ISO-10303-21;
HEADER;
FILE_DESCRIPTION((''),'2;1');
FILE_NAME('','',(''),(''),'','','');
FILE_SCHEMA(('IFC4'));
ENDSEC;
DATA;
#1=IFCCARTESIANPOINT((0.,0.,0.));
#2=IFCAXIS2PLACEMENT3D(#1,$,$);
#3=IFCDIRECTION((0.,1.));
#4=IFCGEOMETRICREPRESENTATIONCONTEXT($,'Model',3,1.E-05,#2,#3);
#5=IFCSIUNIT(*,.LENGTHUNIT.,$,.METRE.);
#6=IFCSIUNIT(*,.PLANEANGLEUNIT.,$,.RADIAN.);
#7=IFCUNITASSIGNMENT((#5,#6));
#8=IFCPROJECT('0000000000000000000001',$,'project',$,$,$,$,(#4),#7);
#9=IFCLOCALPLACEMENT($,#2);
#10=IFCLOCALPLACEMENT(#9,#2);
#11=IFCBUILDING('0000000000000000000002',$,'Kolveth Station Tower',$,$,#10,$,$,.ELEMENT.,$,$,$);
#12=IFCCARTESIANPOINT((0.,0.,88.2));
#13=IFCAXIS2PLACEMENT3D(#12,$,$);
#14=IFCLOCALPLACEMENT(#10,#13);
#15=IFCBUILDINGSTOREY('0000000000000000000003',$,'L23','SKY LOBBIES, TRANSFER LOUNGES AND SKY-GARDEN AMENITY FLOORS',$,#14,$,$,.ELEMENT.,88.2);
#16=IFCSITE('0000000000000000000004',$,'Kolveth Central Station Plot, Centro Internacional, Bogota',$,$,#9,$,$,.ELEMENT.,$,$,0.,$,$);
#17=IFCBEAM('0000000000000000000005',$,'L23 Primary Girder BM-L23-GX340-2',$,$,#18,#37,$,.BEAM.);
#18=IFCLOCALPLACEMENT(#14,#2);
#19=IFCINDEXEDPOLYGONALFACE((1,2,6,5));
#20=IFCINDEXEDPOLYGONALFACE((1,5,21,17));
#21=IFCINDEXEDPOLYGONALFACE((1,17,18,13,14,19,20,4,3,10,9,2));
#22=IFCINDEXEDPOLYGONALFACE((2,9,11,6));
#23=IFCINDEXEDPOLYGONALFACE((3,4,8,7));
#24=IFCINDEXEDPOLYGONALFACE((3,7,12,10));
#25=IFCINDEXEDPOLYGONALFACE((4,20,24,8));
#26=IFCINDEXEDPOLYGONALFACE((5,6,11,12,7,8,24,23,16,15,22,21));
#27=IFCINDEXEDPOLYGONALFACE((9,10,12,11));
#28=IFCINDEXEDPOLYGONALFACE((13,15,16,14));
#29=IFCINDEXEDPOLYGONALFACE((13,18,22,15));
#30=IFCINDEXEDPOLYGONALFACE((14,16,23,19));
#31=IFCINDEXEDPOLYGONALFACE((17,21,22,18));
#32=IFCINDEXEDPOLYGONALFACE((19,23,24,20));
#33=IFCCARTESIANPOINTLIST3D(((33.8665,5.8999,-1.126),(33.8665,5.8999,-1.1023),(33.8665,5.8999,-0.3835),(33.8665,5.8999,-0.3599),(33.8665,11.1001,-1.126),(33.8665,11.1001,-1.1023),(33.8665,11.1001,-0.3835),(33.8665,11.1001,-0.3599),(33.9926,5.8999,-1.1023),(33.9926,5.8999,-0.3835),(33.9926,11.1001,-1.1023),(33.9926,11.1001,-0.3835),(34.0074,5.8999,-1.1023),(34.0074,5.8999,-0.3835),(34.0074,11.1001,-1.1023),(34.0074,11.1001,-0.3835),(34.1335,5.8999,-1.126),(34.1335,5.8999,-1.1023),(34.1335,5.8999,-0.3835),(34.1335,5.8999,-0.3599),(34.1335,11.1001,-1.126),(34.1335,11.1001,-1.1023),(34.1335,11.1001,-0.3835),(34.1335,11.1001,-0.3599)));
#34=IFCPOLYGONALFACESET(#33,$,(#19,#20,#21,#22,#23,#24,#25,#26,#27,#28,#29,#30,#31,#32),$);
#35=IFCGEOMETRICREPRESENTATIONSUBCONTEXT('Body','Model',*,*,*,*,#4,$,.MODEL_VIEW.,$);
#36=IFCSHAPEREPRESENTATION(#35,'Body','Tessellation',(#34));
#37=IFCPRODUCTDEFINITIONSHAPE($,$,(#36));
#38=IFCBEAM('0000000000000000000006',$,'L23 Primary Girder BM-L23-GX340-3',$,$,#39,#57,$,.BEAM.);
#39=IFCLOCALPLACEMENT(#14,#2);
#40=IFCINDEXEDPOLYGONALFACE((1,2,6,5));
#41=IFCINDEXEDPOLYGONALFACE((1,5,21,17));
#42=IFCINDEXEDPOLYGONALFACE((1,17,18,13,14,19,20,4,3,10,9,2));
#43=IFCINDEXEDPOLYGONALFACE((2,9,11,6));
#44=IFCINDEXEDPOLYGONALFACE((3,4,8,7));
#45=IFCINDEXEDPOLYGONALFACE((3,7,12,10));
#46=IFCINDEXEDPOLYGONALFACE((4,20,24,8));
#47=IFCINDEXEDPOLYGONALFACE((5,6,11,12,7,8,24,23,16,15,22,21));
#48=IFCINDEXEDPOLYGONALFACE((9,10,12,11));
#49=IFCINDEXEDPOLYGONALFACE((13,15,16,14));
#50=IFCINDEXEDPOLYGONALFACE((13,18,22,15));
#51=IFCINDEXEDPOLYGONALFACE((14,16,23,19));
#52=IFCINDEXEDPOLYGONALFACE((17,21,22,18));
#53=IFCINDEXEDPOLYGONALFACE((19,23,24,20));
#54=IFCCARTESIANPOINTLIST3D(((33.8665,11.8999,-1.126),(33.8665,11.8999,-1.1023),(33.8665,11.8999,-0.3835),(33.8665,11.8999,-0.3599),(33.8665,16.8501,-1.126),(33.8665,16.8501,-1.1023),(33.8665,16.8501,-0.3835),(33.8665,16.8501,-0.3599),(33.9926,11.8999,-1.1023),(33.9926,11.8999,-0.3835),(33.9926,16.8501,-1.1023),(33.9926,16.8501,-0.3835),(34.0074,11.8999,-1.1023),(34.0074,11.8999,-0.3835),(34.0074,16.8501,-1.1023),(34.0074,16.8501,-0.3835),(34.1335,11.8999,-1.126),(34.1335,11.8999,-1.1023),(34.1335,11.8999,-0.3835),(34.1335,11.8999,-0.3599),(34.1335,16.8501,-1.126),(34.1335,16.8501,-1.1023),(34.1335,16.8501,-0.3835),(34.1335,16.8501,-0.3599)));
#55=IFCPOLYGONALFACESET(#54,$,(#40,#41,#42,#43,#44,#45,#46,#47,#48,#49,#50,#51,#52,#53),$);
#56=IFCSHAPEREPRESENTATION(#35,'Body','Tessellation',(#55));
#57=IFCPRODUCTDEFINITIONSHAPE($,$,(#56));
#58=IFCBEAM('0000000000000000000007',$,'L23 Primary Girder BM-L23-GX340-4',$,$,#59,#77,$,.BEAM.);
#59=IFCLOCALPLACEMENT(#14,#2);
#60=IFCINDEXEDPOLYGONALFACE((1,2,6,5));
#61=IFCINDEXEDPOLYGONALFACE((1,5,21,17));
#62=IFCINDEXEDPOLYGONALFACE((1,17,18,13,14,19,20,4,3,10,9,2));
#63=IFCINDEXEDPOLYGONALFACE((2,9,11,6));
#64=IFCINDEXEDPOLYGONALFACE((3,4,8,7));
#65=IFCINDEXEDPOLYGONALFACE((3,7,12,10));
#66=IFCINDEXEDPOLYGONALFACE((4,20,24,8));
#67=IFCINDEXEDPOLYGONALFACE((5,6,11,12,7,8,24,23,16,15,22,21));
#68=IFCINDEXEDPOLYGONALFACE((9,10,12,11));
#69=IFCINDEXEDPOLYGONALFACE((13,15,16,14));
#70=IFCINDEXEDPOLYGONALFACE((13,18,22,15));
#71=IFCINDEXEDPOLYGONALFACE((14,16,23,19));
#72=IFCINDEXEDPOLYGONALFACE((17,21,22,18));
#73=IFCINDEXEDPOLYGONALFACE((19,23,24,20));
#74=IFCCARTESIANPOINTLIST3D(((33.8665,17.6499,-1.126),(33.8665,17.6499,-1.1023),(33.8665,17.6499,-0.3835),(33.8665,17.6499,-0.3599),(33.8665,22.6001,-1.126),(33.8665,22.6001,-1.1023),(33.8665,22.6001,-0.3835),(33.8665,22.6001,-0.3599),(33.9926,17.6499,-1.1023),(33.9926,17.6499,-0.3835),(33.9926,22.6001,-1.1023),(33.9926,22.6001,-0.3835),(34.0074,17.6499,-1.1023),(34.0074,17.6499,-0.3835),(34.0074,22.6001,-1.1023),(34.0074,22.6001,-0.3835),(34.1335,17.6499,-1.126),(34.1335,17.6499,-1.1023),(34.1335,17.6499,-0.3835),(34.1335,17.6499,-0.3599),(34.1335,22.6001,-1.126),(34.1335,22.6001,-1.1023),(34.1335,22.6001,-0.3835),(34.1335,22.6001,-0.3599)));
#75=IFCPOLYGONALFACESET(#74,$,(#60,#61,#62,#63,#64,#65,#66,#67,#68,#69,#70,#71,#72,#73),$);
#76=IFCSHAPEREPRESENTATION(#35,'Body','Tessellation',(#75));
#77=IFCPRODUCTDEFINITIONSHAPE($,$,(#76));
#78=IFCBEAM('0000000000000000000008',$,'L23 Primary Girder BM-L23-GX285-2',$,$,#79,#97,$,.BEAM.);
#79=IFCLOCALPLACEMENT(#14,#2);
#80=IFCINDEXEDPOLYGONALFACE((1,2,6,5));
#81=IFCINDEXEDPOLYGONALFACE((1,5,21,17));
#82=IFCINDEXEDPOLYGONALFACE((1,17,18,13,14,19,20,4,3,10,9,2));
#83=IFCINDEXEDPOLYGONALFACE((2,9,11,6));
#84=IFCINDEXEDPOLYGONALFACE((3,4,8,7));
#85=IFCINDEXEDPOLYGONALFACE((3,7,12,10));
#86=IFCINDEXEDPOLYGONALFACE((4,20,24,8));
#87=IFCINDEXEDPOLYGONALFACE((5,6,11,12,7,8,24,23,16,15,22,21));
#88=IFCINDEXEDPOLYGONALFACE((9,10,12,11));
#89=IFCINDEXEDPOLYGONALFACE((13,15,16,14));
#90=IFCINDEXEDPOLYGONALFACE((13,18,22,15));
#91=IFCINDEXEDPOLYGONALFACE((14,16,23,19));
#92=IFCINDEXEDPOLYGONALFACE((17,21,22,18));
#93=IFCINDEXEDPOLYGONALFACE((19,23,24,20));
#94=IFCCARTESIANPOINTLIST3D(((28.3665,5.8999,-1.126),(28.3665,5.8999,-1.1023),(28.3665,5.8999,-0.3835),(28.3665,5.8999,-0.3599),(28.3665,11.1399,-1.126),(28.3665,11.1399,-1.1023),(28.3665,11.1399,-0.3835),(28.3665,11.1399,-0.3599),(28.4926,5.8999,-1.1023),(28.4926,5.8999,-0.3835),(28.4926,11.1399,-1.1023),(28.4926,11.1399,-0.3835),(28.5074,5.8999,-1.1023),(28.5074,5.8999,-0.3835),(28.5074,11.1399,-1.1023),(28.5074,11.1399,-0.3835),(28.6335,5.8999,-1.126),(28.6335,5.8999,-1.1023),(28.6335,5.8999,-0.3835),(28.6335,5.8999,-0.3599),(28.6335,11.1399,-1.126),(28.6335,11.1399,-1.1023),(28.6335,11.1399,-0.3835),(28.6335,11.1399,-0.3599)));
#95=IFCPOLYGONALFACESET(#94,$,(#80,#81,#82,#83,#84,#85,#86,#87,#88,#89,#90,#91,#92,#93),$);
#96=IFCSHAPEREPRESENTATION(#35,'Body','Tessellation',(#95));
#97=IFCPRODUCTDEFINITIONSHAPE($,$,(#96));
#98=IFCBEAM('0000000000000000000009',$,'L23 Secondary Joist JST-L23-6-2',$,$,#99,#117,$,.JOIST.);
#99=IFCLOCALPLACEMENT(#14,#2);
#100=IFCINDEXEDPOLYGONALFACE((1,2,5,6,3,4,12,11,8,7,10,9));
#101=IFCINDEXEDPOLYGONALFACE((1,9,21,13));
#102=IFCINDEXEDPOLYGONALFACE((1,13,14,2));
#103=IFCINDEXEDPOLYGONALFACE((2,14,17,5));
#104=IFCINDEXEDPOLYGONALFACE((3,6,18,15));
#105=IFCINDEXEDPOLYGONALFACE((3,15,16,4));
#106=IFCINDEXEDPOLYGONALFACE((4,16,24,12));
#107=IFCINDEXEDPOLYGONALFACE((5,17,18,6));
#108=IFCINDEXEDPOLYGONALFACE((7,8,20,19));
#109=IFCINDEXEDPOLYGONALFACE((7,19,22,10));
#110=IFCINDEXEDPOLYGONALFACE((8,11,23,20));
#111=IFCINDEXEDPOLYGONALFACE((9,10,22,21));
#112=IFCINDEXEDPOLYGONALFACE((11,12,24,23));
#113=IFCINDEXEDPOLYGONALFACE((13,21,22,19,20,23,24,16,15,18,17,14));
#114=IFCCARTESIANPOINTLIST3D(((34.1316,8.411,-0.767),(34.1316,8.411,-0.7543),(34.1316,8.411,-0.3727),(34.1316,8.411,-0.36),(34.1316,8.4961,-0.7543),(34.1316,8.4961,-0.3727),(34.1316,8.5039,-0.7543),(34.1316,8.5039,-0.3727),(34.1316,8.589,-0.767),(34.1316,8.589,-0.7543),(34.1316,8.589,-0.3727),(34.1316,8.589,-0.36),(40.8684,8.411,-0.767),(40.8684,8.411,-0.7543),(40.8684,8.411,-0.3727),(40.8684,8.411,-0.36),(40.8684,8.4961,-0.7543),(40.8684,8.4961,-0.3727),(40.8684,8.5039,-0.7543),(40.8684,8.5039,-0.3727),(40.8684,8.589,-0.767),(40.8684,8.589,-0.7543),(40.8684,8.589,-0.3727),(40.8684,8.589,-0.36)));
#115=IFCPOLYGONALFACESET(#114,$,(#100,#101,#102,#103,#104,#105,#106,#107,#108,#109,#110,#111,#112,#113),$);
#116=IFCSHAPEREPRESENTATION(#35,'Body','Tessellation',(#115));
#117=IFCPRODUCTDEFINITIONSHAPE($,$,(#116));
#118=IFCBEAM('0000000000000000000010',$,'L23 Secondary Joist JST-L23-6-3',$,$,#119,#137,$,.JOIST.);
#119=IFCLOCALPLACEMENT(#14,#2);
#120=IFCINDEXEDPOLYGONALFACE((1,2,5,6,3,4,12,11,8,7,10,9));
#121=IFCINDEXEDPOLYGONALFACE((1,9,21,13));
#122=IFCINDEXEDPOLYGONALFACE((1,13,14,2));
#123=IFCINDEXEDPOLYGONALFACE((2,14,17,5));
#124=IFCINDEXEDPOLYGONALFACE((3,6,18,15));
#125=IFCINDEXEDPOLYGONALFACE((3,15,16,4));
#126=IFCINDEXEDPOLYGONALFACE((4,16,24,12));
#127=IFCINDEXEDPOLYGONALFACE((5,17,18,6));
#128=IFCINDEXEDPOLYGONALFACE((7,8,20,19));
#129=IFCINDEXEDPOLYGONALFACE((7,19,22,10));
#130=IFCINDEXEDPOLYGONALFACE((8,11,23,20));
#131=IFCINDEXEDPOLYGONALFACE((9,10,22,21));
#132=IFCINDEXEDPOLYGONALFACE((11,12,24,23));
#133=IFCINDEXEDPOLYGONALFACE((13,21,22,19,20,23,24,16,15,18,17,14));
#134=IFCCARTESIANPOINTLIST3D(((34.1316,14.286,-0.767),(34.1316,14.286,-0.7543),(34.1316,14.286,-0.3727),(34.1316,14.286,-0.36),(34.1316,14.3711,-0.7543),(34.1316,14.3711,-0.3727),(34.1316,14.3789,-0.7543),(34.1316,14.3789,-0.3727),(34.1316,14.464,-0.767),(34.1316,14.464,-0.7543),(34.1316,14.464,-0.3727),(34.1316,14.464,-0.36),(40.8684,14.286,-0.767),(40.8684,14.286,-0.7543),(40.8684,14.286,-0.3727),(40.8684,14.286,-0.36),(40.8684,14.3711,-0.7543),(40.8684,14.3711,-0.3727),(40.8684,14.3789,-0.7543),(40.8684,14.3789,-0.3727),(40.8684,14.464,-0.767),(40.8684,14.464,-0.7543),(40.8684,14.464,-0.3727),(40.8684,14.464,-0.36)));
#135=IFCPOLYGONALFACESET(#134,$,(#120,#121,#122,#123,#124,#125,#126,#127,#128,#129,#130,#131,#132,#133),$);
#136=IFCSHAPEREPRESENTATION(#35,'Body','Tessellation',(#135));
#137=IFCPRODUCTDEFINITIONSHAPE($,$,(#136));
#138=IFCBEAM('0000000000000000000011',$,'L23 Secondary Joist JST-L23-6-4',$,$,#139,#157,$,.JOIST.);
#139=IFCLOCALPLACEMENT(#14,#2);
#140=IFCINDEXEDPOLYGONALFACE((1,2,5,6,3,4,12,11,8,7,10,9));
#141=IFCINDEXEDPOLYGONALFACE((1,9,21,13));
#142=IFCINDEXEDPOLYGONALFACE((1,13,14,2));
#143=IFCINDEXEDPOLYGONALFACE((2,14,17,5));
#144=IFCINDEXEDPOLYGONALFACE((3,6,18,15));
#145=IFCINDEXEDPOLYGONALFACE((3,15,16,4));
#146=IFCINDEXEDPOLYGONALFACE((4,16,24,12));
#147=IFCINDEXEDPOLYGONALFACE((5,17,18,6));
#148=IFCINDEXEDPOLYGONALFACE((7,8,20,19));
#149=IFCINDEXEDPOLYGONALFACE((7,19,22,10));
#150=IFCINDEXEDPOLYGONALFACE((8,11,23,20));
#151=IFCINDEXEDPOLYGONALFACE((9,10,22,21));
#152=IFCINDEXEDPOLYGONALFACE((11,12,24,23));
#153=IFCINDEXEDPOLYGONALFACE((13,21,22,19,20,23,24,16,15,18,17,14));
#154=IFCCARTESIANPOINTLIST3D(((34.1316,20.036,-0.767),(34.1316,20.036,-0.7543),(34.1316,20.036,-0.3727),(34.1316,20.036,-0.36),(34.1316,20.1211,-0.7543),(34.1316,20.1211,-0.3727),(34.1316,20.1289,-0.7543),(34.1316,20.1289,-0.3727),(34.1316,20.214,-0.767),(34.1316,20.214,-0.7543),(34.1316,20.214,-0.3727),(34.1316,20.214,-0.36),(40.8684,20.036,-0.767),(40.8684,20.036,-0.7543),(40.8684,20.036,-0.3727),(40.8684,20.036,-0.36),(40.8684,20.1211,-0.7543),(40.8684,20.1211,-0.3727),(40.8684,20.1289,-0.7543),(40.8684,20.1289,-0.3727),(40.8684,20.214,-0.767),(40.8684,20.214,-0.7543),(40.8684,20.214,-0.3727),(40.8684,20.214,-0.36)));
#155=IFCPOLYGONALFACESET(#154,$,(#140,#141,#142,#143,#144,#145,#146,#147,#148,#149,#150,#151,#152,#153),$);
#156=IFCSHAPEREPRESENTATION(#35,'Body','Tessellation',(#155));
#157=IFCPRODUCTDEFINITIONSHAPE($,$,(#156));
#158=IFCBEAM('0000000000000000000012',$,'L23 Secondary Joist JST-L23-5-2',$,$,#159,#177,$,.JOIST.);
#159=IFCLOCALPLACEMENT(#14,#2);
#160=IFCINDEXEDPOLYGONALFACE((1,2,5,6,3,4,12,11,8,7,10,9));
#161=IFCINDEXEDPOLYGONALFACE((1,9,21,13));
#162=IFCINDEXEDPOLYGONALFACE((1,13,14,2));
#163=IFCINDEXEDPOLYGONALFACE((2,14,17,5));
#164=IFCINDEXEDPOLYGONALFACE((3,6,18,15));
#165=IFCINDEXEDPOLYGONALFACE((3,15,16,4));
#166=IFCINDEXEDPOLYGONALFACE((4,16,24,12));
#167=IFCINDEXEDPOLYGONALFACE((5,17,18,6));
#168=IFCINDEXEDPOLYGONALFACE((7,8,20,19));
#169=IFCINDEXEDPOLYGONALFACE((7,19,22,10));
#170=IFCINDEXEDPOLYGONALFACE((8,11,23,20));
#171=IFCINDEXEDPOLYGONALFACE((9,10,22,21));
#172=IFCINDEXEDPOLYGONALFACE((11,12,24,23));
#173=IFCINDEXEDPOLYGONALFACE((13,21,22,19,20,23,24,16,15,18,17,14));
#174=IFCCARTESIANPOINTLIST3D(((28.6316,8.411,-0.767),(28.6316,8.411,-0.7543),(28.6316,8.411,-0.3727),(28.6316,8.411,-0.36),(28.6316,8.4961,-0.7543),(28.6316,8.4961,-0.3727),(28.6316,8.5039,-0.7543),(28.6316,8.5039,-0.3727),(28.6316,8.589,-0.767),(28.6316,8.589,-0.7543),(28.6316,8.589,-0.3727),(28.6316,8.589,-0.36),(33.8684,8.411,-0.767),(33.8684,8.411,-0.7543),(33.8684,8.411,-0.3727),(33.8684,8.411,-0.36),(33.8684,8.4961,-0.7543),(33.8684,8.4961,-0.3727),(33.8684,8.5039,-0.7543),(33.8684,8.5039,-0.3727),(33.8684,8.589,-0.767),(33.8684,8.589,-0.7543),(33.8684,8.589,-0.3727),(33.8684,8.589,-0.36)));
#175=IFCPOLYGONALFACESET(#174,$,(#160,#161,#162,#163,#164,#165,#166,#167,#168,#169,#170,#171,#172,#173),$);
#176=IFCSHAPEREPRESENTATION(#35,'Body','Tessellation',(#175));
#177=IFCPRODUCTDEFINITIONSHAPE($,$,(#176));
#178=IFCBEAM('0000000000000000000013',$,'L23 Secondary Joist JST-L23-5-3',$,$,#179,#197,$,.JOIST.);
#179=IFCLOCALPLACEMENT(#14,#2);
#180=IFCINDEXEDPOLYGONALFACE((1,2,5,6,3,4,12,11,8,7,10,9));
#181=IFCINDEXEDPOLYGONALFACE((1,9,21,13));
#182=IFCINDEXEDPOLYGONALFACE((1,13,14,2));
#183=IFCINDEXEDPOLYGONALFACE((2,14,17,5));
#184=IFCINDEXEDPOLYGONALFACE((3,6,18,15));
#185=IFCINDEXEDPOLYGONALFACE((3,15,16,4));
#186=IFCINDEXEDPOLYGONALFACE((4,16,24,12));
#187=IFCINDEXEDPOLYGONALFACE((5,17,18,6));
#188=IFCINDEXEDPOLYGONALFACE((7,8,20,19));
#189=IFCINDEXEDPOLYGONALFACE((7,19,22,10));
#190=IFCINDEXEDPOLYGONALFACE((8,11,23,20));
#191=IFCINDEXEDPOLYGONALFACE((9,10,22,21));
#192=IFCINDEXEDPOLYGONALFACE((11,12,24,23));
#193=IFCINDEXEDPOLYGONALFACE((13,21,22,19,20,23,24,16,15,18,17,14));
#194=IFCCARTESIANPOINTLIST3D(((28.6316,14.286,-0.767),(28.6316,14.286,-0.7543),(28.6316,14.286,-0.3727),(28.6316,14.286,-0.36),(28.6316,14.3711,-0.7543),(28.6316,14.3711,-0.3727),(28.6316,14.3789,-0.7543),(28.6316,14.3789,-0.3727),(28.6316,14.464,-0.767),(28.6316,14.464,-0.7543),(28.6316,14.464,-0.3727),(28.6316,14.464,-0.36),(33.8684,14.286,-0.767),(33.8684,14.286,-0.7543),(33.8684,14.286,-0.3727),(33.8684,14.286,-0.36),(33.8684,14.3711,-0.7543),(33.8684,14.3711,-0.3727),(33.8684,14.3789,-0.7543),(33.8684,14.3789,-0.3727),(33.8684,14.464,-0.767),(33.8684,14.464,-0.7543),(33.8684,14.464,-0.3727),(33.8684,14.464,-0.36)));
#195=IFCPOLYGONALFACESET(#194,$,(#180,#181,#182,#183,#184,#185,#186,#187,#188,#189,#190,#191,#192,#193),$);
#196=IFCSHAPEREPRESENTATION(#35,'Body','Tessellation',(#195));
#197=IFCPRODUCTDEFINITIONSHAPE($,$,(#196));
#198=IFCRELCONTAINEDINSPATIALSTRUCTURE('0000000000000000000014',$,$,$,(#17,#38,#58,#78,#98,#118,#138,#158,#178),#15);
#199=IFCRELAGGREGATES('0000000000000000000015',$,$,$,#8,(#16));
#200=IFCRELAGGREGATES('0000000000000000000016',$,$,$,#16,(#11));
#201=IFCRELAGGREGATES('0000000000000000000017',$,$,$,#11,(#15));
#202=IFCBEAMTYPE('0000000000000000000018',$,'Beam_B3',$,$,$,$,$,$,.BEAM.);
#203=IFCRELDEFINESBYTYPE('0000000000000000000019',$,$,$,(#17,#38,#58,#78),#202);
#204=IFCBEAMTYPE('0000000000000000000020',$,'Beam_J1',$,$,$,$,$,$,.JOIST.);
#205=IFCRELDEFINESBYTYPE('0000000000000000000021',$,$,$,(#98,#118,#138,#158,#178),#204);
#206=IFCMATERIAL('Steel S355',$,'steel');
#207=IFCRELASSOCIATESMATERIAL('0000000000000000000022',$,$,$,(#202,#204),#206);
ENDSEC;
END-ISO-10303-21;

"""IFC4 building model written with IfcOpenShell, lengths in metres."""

from ifc_helpers import new_model, si_unit, direction, frame, origin, origin_2d, place, context, subcontext, project, spatial, i_section, extrude, source, transform, mapped, material, material_profile, profile_set, type_object, element, save


model = new_model("IFC4")

# Units and contexts
model_context = context("Model", 3, precision=1e-05, world=origin(), true_north=direction((0.0, 1.0)))
body_context = subcontext(model_context, "Body", "Model", "MODEL_VIEW")
ifc_project = project(units=[si_unit("LENGTHUNIT", "METRE"), si_unit("PLANEANGLEUNIT", "RADIAN")], contexts=[model_context])

# Site, building, storey
site_placement = place(None, origin())
site = spatial("IfcSite", under=ifc_project, at=site_placement, Name="Kolveth Central Station Plot, Centro Internacional, Bogota", CompositionType="ELEMENT", RefElevation=0.0)
building_placement = place(site_placement, origin())
building = spatial("IfcBuilding", under=site, at=building_placement, Name="Kolveth Station Tower", CompositionType="ELEMENT")
storey_placement = place(building_placement, frame((0.0, 0.0, 88.2)))
storey = spatial("IfcBuildingStorey", under=building, at=storey_placement, Name="L23", Description="SKY LOBBIES, TRANSFER LOUNGES AND SKY-GARDEN AMENITY FLOORS", CompositionType="ELEMENT", Elevation=88.2)

# Shared definitions
ifc_material_1 = material(Name="Steel S355", Category="steel")

# Beams
ifc_material_profile_1 = material_profile(ifc_material_1, i_section(OverallWidth=0.2671, OverallDepth=0.7661, WebThickness=0.0149, FlangeThickness=0.0237, at=origin_2d()), Name="W760x185")
ifc_profile_set_1 = profile_set([ifc_material_profile_1], Name="Steel S355")
beam_type_1 = type_object("IfcBeamType", Name="Beam_B3", PredefinedType="BEAM", material=ifc_profile_set_1)
shared_shape_1 = source(origin(), body_context, "Body", "SweptSolid", [
    extrude(i_section(OverallWidth=0.2671, OverallDepth=0.7661, WebThickness=0.0149, FlangeThickness=0.0237, at=origin_2d()), origin(), (0.0, 0.0, 1.0), 5.2002),
])
beam_1_placement = place(storey_placement, frame((34.0, 5.8999, -0.7429), z_axis=(0.0, 1.0, 0.0), x_axis=(-1.0, 0.0, 0.0)))
element("IfcBeam", 1, at=beam_1_placement, inside=storey, type_object=beam_type_1, Name="L23 Primary Girder BM-L23-GX340-2", PredefinedType="BEAM", context=body_context, shape_type="MappedRepresentation", body=[
    mapped(shared_shape_1, transform((0.0, 0.0, 0.0), x_axis=(1.0, 0.0, 0.0), y_axis=(0.0, 1.0, 0.0), z_axis=(0.0, 0.0, 1.0), scale=1.0)),
])
shared_shape_2 = source(origin(), body_context, "Body", "SweptSolid", [
    extrude(i_section(OverallWidth=0.2671, OverallDepth=0.7661, WebThickness=0.0149, FlangeThickness=0.0237, at=origin_2d()), origin(), (0.0, 0.0, 1.0), 4.9502),
])
for number, where, z_axis, x_axis, name in (
    (2, (34.0, 11.8999, -0.7429), (0.0, 1.0, 0.0), (-1.0, 0.0, 0.0), "L23 Primary Girder BM-L23-GX340-3"),
    (3, (34.0, 17.6499, -0.7429), (0.0, 1.0, 0.0), (-1.0, 0.0, 0.0), "L23 Primary Girder BM-L23-GX340-4"),
):
    element("IfcBeam", number, at=place(storey_placement, frame(where, z_axis=z_axis, x_axis=x_axis)), inside=storey, type_object=beam_type_1, Name=name, PredefinedType="BEAM", context=body_context, shape_type="MappedRepresentation", body=[
        mapped(shared_shape_2, transform((0.0, 0.0, 0.0), x_axis=(1.0, 0.0, 0.0), y_axis=(0.0, 1.0, 0.0), z_axis=(0.0, 0.0, 1.0), scale=1.0)),
    ])
shared_shape_3 = source(origin(), body_context, "Body", "SweptSolid", [
    extrude(i_section(OverallWidth=0.2671, OverallDepth=0.7661, WebThickness=0.0149, FlangeThickness=0.0237, at=origin_2d()), origin(), (0.0, 0.0, 1.0), 5.24),
])
beam_2_placement = place(storey_placement, frame((28.5, 5.8999, -0.7429), z_axis=(0.0, 1.0, 0.0), x_axis=(-1.0, 0.0, 0.0)))
element("IfcBeam", 4, at=beam_2_placement, inside=storey, type_object=beam_type_1, Name="L23 Primary Girder BM-L23-GX285-2", PredefinedType="BEAM", context=body_context, shape_type="MappedRepresentation", body=[
    mapped(shared_shape_3, transform((0.0, 0.0, 0.0), x_axis=(1.0, 0.0, 0.0), y_axis=(0.0, 1.0, 0.0), z_axis=(0.0, 0.0, 1.0), scale=1.0)),
])
ifc_material_profile_2 = material_profile(ifc_material_1, i_section(OverallWidth=0.178, OverallDepth=0.407, WebThickness=0.0078, FlangeThickness=0.0127, at=origin_2d()), Name="W410x60")
ifc_profile_set_2 = profile_set([ifc_material_profile_2], Name="Steel S355")
beam_type_2 = type_object("IfcBeamType", Name="Beam_J1", PredefinedType="JOIST", material=ifc_profile_set_2)
shared_shape_4 = source(origin(), body_context, "Body", "SweptSolid", [
    extrude(i_section(OverallWidth=0.178, OverallDepth=0.407, WebThickness=0.0078, FlangeThickness=0.0127, at=origin_2d()), origin(), (0.0, 0.0, 1.0), 6.7368),
])
for number, where, z_axis, x_axis, name in (
    (5, (34.1316, 8.5, -0.5635), (1.0, 0.0, 0.0), (0.0, 1.0, 0.0), "L23 Secondary Joist JST-L23-6-2"),
    (6, (34.1316, 14.375, -0.5635), (1.0, 0.0, 0.0), (0.0, 1.0, 0.0), "L23 Secondary Joist JST-L23-6-3"),
    (7, (34.1316, 20.125, -0.5635), (1.0, 0.0, 0.0), (0.0, 1.0, 0.0), "L23 Secondary Joist JST-L23-6-4"),
):
    element("IfcBeam", number, at=place(storey_placement, frame(where, z_axis=z_axis, x_axis=x_axis)), inside=storey, type_object=beam_type_2, Name=name, PredefinedType="JOIST", context=body_context, shape_type="MappedRepresentation", body=[
        mapped(shared_shape_4, transform((0.0, 0.0, 0.0), x_axis=(1.0, 0.0, 0.0), y_axis=(0.0, 1.0, 0.0), z_axis=(0.0, 0.0, 1.0), scale=1.0)),
    ])
shared_shape_5 = source(origin(), body_context, "Body", "SweptSolid", [
    extrude(i_section(OverallWidth=0.178, OverallDepth=0.407, WebThickness=0.0078, FlangeThickness=0.0127, at=origin_2d()), origin(), (0.0, 0.0, 1.0), 5.2368),
])
for number, where, z_axis, x_axis, name in (
    (8, (28.6316, 8.5, -0.5635), (1.0, 0.0, 0.0), (0.0, 1.0, 0.0), "L23 Secondary Joist JST-L23-5-2"),
    (9, (28.6316, 14.375, -0.5635), (1.0, 0.0, 0.0), (0.0, 1.0, 0.0), "L23 Secondary Joist JST-L23-5-3"),
):
    element("IfcBeam", number, at=place(storey_placement, frame(where, z_axis=z_axis, x_axis=x_axis)), inside=storey, type_object=beam_type_2, Name=name, PredefinedType="JOIST", context=body_context, shape_type="MappedRepresentation", body=[
        mapped(shared_shape_5, transform((0.0, 0.0, 0.0), x_axis=(1.0, 0.0, 0.0), y_axis=(0.0, 1.0, 0.0), z_axis=(0.0, 0.0, 1.0), scale=1.0)),
    ])

save(model, "model.ifc")
